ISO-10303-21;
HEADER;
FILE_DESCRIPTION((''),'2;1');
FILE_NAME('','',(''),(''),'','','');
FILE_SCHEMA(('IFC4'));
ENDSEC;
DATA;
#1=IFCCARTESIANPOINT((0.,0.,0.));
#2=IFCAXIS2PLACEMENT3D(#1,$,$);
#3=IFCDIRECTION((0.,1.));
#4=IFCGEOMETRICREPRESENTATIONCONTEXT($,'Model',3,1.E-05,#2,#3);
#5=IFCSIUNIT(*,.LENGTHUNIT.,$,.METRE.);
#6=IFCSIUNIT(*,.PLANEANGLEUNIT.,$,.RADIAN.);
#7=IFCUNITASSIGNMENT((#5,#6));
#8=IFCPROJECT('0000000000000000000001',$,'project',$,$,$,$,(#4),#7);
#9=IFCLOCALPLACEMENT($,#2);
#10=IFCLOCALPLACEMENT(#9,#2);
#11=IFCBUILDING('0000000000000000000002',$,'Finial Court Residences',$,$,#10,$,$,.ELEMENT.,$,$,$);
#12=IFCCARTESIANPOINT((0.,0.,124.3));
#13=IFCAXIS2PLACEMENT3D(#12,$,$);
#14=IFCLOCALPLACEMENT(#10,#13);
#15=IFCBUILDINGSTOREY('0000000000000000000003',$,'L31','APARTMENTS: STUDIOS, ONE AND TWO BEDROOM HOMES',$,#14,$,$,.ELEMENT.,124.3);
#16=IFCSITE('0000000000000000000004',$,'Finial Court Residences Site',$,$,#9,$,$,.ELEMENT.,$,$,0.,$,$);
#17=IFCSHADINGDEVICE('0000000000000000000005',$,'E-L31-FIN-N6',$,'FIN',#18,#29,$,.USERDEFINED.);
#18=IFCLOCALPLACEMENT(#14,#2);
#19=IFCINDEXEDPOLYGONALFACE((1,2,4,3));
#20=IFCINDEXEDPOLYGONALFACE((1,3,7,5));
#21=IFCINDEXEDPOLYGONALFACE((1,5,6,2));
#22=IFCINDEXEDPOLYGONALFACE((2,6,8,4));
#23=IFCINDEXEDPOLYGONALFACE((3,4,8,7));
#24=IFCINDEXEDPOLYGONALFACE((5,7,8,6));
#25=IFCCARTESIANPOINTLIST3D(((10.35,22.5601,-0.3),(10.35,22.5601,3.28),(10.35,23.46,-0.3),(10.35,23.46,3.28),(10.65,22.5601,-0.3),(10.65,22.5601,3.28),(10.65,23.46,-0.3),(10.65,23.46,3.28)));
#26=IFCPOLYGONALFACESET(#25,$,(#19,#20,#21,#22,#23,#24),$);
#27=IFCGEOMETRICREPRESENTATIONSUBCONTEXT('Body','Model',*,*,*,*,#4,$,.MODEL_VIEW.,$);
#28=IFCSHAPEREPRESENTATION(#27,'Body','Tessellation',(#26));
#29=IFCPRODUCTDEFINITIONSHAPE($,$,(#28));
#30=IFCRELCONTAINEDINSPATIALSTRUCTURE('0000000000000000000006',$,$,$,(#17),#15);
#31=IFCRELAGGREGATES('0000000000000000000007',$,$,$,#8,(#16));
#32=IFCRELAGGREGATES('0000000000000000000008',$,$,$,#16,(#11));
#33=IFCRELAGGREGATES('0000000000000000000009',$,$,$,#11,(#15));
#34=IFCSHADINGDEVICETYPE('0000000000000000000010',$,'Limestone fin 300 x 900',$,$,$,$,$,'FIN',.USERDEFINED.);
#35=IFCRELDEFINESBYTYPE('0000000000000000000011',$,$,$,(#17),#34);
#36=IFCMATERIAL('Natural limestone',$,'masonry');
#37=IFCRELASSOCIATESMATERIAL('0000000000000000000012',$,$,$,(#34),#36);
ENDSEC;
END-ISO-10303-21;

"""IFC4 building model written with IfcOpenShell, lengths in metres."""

from ifc_helpers import new_model, si_unit, direction, frame, origin, origin_2d, place, context, subcontext, project, spatial, rectangle, extrude, material, type_object, element, save


model = new_model("IFC4")

# Units and contexts
model_context = context("Model", 3, precision=1e-05, world=origin(), true_north=direction((0.0, 1.0)))
body_context = subcontext(model_context, "Body", "Model", "MODEL_VIEW")
ifc_project = project(units=[si_unit("LENGTHUNIT", "METRE"), si_unit("PLANEANGLEUNIT", "RADIAN")], contexts=[model_context])

# Site, building, storey
site_placement = place(None, origin())
site = spatial("IfcSite", under=ifc_project, at=site_placement, Name="Finial Court Residences Site", CompositionType="ELEMENT", RefElevation=0.0)
building_placement = place(site_placement, origin())
building = spatial("IfcBuilding", under=site, at=building_placement, Name="Finial Court Residences", CompositionType="ELEMENT")
storey_placement = place(building_placement, frame((0.0, 0.0, 124.3)))
storey = spatial("IfcBuildingStorey", under=building, at=storey_placement, Name="L31", Description="APARTMENTS: STUDIOS, ONE AND TWO BEDROOM HOMES", CompositionType="ELEMENT", Elevation=124.3)

# Shared definitions
ifc_material_1 = material(Name="Natural limestone", Category="masonry")

# Shading device
shading_device_type = type_object("IfcShadingDeviceType", Name="Limestone fin 300 x 900", ElementType="FIN", PredefinedType="USERDEFINED", material=ifc_material_1)
shading_device_1_placement = place(storey_placement, frame((10.5, 23.01, -0.3), z_axis=(0.0, 0.0, 1.0), x_axis=(1.0, 0.0, 0.0)))
element("IfcShadingDevice", 1, at=shading_device_1_placement, inside=storey, type_object=shading_device_type, Name="E-L31-FIN-N6", ObjectType="FIN", PredefinedType="USERDEFINED", context=body_context, shape_type="SweptSolid", body=[
    extrude(rectangle(XDim=0.3, YDim=0.8999, at=origin_2d()), origin(), (0.0, 0.0, 1.0), 3.5801),
])

save(model, "model.ifc")
